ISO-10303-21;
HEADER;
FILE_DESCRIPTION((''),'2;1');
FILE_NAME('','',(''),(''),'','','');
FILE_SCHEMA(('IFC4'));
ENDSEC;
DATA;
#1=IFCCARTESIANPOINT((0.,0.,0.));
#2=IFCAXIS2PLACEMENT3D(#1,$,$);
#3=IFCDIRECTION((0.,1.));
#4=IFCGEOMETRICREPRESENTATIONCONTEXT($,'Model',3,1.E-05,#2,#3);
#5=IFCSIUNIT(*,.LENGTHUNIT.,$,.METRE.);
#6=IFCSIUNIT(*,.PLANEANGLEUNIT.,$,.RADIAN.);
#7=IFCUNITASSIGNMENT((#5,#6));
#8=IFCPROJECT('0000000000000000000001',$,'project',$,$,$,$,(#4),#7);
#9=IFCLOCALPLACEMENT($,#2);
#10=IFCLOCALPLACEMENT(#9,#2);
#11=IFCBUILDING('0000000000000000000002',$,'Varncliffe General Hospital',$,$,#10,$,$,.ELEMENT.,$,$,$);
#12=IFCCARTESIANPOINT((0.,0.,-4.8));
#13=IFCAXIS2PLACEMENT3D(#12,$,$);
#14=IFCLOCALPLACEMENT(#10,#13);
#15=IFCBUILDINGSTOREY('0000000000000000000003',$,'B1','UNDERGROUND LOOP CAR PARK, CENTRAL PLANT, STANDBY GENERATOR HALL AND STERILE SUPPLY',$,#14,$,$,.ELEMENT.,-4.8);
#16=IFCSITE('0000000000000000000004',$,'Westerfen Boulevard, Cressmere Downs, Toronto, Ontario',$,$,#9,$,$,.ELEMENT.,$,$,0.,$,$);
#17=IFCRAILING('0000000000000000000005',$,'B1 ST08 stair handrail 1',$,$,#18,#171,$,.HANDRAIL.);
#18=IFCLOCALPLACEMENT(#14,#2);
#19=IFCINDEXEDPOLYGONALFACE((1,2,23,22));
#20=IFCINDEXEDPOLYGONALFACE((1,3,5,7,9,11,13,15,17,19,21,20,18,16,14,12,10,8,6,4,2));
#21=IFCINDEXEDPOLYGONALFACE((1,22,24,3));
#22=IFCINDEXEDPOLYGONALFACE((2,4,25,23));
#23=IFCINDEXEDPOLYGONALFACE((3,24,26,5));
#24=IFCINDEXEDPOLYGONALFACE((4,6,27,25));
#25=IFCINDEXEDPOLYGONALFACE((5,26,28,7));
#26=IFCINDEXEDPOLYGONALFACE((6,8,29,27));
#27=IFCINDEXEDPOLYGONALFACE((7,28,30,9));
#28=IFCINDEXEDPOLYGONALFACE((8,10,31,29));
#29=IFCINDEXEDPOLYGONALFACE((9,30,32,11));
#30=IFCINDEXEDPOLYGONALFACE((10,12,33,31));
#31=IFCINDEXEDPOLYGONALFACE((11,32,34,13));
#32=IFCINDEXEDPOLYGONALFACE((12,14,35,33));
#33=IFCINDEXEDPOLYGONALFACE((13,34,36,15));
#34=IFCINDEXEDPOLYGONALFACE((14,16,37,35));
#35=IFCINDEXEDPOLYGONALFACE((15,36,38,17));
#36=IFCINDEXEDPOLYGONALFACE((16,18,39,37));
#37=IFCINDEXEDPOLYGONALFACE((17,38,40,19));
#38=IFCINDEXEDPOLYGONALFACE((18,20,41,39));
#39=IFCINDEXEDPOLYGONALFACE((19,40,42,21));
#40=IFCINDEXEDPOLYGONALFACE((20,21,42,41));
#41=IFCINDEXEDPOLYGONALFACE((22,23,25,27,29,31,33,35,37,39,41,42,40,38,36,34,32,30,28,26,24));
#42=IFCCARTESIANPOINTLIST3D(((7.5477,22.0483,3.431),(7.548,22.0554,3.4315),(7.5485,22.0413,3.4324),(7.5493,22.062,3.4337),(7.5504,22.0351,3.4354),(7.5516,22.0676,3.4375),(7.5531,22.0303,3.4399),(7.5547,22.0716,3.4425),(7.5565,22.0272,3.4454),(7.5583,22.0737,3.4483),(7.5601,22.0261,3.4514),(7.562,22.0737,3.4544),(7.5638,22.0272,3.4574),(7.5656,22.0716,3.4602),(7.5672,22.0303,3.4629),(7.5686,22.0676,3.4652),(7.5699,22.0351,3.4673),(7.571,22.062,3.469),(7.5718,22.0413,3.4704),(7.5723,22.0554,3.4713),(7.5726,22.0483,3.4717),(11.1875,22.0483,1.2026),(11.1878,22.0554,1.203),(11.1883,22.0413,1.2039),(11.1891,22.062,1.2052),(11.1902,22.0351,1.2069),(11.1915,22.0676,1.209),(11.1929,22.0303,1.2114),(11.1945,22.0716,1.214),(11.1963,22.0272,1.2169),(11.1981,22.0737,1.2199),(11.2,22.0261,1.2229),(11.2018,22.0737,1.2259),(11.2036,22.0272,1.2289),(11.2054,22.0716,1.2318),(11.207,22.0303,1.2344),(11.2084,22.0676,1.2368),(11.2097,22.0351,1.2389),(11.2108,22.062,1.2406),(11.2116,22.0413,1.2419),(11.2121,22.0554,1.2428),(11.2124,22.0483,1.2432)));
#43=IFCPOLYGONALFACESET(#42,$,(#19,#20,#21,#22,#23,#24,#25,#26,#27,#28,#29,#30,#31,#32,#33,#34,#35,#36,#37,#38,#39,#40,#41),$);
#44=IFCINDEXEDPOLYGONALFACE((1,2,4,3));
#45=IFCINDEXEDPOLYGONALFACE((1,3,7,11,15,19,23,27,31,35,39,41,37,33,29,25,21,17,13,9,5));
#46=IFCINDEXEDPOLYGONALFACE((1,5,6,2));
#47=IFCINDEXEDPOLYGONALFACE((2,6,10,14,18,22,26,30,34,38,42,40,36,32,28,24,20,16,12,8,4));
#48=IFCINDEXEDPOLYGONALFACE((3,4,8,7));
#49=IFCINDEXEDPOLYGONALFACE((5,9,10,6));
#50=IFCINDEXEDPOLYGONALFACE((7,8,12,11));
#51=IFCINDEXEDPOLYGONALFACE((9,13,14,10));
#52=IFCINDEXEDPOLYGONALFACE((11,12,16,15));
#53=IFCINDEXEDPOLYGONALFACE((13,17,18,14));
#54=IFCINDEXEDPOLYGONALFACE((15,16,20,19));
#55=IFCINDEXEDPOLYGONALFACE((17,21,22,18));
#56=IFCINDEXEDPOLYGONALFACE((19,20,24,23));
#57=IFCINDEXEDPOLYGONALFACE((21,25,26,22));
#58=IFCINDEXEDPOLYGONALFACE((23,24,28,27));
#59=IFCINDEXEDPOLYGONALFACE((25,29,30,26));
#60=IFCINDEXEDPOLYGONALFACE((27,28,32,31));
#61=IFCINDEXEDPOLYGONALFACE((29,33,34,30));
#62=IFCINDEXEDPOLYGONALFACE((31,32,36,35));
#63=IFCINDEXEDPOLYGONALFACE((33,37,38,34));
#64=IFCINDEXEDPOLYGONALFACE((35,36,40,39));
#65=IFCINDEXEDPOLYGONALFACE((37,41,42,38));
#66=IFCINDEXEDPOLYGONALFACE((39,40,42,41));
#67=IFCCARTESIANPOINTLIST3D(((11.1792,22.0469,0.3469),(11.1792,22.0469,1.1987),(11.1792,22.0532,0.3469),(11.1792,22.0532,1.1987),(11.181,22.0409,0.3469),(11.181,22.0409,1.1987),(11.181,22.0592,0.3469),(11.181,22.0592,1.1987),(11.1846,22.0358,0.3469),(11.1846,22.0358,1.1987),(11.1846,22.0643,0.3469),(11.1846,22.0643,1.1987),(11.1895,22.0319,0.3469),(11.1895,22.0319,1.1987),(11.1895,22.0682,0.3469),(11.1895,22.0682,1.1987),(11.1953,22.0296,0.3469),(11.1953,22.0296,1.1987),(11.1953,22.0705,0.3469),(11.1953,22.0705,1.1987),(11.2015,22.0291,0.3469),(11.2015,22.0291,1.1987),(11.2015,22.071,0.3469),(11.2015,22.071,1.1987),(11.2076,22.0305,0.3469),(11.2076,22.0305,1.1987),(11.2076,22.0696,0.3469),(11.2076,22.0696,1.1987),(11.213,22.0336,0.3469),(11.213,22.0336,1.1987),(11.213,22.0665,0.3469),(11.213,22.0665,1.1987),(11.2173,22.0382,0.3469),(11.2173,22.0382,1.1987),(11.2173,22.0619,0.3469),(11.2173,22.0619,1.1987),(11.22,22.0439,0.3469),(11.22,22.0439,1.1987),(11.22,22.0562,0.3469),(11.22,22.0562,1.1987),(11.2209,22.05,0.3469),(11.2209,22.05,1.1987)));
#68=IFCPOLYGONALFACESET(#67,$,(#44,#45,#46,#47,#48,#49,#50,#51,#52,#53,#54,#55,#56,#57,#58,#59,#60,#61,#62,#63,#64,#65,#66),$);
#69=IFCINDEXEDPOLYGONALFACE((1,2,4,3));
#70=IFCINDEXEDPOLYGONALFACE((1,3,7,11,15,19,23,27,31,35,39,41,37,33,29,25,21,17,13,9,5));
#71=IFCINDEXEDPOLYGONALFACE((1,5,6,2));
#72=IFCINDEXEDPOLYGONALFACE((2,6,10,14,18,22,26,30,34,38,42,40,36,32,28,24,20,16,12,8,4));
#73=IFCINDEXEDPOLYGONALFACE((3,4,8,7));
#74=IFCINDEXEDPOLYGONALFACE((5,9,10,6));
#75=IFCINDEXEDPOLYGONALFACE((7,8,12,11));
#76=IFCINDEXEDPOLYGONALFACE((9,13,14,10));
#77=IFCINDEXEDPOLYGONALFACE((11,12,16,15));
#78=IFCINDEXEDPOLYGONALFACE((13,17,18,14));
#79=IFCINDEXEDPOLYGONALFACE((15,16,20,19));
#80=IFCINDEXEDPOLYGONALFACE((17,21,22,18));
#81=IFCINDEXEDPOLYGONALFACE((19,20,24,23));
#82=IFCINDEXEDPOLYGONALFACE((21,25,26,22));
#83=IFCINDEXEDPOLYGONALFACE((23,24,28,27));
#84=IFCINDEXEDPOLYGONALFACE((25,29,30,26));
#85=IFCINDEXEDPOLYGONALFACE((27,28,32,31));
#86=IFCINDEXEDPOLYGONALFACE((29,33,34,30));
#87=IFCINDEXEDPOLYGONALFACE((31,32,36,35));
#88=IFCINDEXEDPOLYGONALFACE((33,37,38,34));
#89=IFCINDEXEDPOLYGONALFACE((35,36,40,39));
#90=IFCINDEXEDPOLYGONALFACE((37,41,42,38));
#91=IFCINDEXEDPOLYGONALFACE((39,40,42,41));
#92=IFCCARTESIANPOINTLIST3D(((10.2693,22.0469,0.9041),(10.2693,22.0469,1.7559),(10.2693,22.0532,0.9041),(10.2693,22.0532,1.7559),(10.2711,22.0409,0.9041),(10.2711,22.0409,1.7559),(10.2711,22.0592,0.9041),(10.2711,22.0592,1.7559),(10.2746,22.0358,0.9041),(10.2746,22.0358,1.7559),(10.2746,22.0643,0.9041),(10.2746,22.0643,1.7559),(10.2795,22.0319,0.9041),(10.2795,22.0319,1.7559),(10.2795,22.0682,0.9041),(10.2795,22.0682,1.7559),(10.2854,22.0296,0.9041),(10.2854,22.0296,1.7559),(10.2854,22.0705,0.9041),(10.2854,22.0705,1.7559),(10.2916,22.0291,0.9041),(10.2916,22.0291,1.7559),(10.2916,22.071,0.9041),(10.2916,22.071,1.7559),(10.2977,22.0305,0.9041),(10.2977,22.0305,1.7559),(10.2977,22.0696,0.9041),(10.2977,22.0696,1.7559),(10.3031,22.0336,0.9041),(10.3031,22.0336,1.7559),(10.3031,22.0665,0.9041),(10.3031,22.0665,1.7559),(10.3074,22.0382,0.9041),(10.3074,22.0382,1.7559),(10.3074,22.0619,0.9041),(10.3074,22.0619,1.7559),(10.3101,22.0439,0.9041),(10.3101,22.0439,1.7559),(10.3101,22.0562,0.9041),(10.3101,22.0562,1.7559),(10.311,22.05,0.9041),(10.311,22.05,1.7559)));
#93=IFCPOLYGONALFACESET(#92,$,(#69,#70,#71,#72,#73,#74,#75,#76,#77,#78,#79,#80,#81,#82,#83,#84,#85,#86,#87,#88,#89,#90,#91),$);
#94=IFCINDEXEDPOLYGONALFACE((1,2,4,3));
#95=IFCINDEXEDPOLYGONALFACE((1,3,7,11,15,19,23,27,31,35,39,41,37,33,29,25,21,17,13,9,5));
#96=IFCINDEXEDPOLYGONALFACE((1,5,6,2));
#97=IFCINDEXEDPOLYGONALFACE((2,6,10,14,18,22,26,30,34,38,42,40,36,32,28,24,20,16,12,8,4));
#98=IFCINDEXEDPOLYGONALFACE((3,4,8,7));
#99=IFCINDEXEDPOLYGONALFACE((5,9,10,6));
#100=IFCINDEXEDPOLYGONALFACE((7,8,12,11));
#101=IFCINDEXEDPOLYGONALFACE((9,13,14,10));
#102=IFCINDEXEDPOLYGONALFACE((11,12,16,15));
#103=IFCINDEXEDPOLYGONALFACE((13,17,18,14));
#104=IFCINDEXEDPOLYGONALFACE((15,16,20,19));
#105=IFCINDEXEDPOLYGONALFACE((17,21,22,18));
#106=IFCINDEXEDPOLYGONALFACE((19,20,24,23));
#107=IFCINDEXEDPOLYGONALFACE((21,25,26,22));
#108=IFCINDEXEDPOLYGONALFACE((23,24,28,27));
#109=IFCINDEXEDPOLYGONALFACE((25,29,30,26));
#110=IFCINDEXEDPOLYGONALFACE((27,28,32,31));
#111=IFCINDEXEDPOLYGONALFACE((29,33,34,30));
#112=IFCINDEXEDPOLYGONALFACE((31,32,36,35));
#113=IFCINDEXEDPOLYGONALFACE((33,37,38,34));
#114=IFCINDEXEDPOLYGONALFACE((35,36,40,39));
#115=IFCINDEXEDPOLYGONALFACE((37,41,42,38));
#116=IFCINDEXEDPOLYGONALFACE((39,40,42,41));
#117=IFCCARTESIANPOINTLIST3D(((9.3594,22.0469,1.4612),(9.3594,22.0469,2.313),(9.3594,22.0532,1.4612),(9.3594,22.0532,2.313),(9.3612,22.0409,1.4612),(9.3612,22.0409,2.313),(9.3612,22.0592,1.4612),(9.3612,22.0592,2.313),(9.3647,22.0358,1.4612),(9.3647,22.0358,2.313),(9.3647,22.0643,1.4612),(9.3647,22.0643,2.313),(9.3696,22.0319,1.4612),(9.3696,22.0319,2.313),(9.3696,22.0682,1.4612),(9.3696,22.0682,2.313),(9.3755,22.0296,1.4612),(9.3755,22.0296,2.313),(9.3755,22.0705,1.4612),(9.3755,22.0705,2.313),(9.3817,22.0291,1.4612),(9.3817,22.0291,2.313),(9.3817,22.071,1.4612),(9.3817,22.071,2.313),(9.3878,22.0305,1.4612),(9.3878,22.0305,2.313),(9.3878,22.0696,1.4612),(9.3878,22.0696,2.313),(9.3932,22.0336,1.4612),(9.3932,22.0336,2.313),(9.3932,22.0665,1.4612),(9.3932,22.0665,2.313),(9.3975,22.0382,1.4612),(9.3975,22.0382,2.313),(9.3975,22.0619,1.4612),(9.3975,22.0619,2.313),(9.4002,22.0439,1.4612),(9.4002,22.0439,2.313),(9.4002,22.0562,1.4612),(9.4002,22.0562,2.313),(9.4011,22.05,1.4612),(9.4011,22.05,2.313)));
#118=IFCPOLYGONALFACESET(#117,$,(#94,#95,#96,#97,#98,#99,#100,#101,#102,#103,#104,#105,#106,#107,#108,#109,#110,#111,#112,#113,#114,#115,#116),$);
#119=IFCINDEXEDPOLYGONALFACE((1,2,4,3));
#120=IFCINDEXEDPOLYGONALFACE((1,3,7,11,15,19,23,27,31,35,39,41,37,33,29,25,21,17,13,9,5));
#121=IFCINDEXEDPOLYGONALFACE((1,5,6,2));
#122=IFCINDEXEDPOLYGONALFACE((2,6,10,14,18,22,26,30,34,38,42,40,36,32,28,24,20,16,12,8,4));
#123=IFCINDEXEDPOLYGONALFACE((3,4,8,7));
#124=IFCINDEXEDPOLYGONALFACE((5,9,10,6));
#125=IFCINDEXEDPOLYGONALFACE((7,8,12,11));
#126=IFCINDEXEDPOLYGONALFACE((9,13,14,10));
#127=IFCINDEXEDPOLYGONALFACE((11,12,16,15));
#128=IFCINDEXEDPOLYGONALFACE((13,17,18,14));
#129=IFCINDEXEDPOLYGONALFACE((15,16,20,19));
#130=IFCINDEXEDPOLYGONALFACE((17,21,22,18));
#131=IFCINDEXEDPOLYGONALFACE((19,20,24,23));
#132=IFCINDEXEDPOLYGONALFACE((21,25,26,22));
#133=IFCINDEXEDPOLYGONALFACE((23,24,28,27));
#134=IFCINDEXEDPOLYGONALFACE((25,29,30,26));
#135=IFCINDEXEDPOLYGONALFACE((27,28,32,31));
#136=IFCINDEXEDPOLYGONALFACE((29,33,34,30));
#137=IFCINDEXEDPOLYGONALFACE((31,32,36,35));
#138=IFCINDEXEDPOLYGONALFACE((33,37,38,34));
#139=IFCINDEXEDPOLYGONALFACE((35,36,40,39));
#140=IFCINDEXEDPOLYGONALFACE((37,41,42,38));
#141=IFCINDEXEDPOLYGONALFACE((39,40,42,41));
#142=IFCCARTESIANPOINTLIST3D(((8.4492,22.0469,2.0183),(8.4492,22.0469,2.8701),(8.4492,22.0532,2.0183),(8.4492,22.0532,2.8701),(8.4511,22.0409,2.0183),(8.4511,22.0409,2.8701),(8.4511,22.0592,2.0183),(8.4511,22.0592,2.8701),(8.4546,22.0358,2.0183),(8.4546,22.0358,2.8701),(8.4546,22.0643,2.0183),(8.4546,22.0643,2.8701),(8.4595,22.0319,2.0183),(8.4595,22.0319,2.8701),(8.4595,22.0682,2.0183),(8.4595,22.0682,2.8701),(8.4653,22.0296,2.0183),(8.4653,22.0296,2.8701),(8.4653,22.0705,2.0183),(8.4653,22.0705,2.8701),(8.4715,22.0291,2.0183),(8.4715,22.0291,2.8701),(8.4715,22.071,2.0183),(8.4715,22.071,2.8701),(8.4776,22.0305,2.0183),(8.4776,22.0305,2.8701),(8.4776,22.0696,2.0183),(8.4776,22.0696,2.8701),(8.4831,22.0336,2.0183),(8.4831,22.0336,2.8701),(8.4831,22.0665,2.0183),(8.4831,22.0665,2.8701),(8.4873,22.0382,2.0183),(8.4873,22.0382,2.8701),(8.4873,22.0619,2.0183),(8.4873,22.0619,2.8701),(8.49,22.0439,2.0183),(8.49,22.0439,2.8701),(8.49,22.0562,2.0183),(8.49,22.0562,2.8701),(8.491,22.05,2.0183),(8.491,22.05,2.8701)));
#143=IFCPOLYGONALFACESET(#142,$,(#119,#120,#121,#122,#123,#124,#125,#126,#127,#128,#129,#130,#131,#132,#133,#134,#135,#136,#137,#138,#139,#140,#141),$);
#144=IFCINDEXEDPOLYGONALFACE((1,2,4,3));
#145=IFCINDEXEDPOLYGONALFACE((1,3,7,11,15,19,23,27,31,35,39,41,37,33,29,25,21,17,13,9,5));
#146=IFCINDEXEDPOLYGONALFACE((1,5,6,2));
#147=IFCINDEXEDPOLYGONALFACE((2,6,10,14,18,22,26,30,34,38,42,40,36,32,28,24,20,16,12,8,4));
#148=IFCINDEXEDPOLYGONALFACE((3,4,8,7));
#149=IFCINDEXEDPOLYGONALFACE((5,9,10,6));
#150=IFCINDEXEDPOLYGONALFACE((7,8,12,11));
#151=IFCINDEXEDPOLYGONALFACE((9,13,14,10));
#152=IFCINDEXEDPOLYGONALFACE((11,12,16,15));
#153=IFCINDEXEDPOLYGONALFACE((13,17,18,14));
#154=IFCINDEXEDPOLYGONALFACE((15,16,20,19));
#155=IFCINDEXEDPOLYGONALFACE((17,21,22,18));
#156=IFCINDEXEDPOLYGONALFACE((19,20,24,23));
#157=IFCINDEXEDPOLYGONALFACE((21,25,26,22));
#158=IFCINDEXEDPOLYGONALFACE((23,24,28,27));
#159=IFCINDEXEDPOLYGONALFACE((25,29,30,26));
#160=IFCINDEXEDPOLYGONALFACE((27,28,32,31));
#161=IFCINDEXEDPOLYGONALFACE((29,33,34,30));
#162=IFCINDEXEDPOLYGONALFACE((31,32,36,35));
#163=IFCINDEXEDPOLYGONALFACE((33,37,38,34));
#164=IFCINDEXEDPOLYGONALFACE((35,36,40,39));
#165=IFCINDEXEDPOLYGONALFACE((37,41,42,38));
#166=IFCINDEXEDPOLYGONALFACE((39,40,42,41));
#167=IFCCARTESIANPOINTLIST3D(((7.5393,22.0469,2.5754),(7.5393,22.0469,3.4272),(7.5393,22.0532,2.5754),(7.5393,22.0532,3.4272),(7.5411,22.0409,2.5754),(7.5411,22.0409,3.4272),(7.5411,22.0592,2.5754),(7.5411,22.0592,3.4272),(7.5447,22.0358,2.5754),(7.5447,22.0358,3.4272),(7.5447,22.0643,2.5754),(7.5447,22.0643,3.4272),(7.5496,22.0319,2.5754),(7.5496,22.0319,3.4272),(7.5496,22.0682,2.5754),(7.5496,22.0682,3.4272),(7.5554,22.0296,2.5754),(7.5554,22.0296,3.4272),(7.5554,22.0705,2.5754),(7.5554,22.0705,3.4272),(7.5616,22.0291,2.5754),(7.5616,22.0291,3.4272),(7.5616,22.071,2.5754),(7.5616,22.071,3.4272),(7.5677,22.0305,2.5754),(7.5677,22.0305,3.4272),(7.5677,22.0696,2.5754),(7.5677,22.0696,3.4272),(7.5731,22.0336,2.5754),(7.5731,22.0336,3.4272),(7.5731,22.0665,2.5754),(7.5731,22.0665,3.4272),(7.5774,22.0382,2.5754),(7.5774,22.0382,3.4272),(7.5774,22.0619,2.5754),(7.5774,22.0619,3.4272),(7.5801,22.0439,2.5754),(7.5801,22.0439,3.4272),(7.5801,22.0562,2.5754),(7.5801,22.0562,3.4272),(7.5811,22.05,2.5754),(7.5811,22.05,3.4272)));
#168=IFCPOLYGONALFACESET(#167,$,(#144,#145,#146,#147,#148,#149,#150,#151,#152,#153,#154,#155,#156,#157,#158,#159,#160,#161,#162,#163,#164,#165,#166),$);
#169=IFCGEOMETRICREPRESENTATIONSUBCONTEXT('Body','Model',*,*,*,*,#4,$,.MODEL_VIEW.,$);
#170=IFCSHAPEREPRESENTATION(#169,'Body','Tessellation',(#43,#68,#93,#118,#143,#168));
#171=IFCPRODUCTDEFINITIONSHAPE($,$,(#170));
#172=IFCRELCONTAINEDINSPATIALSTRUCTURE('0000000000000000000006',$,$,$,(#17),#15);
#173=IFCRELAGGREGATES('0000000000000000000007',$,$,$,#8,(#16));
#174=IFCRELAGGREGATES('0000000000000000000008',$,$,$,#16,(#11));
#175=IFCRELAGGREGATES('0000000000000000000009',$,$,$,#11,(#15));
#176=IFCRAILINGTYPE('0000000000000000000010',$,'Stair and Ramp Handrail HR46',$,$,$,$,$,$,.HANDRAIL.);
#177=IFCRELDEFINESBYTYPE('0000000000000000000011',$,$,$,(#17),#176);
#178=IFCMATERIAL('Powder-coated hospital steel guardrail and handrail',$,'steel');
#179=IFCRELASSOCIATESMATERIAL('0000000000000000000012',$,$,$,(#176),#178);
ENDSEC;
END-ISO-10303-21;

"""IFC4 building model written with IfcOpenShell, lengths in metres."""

from ifc_helpers import new_model, si_unit, direction, frame, origin, origin_2d, place, context, subcontext, project, spatial, circle, extrude, material, type_object, element, save


model = new_model("IFC4")

# Units and contexts
model_context = context("Model", 3, precision=1e-05, world=origin(), true_north=direction((0.0, 1.0)))
body_context = subcontext(model_context, "Body", "Model", "MODEL_VIEW")
ifc_project = project(units=[si_unit("LENGTHUNIT", "METRE"), si_unit("PLANEANGLEUNIT", "RADIAN")], contexts=[model_context])

# Site, building, storey
site_placement = place(None, origin())
site = spatial("IfcSite", under=ifc_project, at=site_placement, Name="Westerfen Boulevard, Cressmere Downs, Toronto, Ontario", CompositionType="ELEMENT", RefElevation=0.0)
building_placement = place(site_placement, origin())
building = spatial("IfcBuilding", under=site, at=building_placement, Name="Varncliffe General Hospital", CompositionType="ELEMENT")
storey_placement = place(building_placement, frame((0.0, 0.0, -4.8)))
storey = spatial("IfcBuildingStorey", under=building, at=storey_placement, Name="B1", Description="UNDERGROUND LOOP CAR PARK, CENTRAL PLANT, STANDBY GENERATOR HALL AND STERILE SUPPLY", CompositionType="ELEMENT", Elevation=-4.8)

# Railing
ifc_material_1 = material(Name="Powder-coated hospital steel guardrail and handrail", Category="steel")
railing_type_1 = type_object("IfcRailingType", Name="Stair and Ramp Handrail HR46", PredefinedType="HANDRAIL", material=ifc_material_1)
railing_1_placement = place(storey_placement, frame((11.2, 22.05, 0.3469)))
element("IfcRailing", 1, at=railing_1_placement, inside=storey, type_object=railing_type_1, Name="B1 ST08 stair handrail 1", PredefinedType="HANDRAIL", context=body_context, shape_type="SweptSolid", body=[
    extrude(circle(Radius=0.0239, at=origin_2d()), frame((0.0, 0.0, 0.876), z_axis=(-0.85285, 0.0, 0.522156), x_axis=(0.0, -1.0, 0.0)), (0.0, 0.0, 1.0), 4.2678),
    extrude(circle(Radius=0.021, at=origin_2d()), origin(), (0.0, 0.0, 1.0), 0.8518),
    extrude(circle(Radius=0.021, at=origin_2d()), frame((-0.9099, 0.0, 0.5571)), (0.0, 0.0, 1.0), 0.8518),
    extrude(circle(Radius=0.021, at=origin_2d()), frame((-1.8198, 0.0, 1.1143)), (0.0, 0.0, 1.0), 0.8518),
    extrude(circle(Radius=0.021, at=origin_2d()), frame((-2.73, 0.0, 1.6714)), (0.0, 0.0, 1.0), 0.8518),
    extrude(circle(Radius=0.021, at=origin_2d()), frame((-3.6399, 0.0, 2.2285)), (0.0, 0.0, 1.0), 0.8518),
])

save(model, "model.ifc")
